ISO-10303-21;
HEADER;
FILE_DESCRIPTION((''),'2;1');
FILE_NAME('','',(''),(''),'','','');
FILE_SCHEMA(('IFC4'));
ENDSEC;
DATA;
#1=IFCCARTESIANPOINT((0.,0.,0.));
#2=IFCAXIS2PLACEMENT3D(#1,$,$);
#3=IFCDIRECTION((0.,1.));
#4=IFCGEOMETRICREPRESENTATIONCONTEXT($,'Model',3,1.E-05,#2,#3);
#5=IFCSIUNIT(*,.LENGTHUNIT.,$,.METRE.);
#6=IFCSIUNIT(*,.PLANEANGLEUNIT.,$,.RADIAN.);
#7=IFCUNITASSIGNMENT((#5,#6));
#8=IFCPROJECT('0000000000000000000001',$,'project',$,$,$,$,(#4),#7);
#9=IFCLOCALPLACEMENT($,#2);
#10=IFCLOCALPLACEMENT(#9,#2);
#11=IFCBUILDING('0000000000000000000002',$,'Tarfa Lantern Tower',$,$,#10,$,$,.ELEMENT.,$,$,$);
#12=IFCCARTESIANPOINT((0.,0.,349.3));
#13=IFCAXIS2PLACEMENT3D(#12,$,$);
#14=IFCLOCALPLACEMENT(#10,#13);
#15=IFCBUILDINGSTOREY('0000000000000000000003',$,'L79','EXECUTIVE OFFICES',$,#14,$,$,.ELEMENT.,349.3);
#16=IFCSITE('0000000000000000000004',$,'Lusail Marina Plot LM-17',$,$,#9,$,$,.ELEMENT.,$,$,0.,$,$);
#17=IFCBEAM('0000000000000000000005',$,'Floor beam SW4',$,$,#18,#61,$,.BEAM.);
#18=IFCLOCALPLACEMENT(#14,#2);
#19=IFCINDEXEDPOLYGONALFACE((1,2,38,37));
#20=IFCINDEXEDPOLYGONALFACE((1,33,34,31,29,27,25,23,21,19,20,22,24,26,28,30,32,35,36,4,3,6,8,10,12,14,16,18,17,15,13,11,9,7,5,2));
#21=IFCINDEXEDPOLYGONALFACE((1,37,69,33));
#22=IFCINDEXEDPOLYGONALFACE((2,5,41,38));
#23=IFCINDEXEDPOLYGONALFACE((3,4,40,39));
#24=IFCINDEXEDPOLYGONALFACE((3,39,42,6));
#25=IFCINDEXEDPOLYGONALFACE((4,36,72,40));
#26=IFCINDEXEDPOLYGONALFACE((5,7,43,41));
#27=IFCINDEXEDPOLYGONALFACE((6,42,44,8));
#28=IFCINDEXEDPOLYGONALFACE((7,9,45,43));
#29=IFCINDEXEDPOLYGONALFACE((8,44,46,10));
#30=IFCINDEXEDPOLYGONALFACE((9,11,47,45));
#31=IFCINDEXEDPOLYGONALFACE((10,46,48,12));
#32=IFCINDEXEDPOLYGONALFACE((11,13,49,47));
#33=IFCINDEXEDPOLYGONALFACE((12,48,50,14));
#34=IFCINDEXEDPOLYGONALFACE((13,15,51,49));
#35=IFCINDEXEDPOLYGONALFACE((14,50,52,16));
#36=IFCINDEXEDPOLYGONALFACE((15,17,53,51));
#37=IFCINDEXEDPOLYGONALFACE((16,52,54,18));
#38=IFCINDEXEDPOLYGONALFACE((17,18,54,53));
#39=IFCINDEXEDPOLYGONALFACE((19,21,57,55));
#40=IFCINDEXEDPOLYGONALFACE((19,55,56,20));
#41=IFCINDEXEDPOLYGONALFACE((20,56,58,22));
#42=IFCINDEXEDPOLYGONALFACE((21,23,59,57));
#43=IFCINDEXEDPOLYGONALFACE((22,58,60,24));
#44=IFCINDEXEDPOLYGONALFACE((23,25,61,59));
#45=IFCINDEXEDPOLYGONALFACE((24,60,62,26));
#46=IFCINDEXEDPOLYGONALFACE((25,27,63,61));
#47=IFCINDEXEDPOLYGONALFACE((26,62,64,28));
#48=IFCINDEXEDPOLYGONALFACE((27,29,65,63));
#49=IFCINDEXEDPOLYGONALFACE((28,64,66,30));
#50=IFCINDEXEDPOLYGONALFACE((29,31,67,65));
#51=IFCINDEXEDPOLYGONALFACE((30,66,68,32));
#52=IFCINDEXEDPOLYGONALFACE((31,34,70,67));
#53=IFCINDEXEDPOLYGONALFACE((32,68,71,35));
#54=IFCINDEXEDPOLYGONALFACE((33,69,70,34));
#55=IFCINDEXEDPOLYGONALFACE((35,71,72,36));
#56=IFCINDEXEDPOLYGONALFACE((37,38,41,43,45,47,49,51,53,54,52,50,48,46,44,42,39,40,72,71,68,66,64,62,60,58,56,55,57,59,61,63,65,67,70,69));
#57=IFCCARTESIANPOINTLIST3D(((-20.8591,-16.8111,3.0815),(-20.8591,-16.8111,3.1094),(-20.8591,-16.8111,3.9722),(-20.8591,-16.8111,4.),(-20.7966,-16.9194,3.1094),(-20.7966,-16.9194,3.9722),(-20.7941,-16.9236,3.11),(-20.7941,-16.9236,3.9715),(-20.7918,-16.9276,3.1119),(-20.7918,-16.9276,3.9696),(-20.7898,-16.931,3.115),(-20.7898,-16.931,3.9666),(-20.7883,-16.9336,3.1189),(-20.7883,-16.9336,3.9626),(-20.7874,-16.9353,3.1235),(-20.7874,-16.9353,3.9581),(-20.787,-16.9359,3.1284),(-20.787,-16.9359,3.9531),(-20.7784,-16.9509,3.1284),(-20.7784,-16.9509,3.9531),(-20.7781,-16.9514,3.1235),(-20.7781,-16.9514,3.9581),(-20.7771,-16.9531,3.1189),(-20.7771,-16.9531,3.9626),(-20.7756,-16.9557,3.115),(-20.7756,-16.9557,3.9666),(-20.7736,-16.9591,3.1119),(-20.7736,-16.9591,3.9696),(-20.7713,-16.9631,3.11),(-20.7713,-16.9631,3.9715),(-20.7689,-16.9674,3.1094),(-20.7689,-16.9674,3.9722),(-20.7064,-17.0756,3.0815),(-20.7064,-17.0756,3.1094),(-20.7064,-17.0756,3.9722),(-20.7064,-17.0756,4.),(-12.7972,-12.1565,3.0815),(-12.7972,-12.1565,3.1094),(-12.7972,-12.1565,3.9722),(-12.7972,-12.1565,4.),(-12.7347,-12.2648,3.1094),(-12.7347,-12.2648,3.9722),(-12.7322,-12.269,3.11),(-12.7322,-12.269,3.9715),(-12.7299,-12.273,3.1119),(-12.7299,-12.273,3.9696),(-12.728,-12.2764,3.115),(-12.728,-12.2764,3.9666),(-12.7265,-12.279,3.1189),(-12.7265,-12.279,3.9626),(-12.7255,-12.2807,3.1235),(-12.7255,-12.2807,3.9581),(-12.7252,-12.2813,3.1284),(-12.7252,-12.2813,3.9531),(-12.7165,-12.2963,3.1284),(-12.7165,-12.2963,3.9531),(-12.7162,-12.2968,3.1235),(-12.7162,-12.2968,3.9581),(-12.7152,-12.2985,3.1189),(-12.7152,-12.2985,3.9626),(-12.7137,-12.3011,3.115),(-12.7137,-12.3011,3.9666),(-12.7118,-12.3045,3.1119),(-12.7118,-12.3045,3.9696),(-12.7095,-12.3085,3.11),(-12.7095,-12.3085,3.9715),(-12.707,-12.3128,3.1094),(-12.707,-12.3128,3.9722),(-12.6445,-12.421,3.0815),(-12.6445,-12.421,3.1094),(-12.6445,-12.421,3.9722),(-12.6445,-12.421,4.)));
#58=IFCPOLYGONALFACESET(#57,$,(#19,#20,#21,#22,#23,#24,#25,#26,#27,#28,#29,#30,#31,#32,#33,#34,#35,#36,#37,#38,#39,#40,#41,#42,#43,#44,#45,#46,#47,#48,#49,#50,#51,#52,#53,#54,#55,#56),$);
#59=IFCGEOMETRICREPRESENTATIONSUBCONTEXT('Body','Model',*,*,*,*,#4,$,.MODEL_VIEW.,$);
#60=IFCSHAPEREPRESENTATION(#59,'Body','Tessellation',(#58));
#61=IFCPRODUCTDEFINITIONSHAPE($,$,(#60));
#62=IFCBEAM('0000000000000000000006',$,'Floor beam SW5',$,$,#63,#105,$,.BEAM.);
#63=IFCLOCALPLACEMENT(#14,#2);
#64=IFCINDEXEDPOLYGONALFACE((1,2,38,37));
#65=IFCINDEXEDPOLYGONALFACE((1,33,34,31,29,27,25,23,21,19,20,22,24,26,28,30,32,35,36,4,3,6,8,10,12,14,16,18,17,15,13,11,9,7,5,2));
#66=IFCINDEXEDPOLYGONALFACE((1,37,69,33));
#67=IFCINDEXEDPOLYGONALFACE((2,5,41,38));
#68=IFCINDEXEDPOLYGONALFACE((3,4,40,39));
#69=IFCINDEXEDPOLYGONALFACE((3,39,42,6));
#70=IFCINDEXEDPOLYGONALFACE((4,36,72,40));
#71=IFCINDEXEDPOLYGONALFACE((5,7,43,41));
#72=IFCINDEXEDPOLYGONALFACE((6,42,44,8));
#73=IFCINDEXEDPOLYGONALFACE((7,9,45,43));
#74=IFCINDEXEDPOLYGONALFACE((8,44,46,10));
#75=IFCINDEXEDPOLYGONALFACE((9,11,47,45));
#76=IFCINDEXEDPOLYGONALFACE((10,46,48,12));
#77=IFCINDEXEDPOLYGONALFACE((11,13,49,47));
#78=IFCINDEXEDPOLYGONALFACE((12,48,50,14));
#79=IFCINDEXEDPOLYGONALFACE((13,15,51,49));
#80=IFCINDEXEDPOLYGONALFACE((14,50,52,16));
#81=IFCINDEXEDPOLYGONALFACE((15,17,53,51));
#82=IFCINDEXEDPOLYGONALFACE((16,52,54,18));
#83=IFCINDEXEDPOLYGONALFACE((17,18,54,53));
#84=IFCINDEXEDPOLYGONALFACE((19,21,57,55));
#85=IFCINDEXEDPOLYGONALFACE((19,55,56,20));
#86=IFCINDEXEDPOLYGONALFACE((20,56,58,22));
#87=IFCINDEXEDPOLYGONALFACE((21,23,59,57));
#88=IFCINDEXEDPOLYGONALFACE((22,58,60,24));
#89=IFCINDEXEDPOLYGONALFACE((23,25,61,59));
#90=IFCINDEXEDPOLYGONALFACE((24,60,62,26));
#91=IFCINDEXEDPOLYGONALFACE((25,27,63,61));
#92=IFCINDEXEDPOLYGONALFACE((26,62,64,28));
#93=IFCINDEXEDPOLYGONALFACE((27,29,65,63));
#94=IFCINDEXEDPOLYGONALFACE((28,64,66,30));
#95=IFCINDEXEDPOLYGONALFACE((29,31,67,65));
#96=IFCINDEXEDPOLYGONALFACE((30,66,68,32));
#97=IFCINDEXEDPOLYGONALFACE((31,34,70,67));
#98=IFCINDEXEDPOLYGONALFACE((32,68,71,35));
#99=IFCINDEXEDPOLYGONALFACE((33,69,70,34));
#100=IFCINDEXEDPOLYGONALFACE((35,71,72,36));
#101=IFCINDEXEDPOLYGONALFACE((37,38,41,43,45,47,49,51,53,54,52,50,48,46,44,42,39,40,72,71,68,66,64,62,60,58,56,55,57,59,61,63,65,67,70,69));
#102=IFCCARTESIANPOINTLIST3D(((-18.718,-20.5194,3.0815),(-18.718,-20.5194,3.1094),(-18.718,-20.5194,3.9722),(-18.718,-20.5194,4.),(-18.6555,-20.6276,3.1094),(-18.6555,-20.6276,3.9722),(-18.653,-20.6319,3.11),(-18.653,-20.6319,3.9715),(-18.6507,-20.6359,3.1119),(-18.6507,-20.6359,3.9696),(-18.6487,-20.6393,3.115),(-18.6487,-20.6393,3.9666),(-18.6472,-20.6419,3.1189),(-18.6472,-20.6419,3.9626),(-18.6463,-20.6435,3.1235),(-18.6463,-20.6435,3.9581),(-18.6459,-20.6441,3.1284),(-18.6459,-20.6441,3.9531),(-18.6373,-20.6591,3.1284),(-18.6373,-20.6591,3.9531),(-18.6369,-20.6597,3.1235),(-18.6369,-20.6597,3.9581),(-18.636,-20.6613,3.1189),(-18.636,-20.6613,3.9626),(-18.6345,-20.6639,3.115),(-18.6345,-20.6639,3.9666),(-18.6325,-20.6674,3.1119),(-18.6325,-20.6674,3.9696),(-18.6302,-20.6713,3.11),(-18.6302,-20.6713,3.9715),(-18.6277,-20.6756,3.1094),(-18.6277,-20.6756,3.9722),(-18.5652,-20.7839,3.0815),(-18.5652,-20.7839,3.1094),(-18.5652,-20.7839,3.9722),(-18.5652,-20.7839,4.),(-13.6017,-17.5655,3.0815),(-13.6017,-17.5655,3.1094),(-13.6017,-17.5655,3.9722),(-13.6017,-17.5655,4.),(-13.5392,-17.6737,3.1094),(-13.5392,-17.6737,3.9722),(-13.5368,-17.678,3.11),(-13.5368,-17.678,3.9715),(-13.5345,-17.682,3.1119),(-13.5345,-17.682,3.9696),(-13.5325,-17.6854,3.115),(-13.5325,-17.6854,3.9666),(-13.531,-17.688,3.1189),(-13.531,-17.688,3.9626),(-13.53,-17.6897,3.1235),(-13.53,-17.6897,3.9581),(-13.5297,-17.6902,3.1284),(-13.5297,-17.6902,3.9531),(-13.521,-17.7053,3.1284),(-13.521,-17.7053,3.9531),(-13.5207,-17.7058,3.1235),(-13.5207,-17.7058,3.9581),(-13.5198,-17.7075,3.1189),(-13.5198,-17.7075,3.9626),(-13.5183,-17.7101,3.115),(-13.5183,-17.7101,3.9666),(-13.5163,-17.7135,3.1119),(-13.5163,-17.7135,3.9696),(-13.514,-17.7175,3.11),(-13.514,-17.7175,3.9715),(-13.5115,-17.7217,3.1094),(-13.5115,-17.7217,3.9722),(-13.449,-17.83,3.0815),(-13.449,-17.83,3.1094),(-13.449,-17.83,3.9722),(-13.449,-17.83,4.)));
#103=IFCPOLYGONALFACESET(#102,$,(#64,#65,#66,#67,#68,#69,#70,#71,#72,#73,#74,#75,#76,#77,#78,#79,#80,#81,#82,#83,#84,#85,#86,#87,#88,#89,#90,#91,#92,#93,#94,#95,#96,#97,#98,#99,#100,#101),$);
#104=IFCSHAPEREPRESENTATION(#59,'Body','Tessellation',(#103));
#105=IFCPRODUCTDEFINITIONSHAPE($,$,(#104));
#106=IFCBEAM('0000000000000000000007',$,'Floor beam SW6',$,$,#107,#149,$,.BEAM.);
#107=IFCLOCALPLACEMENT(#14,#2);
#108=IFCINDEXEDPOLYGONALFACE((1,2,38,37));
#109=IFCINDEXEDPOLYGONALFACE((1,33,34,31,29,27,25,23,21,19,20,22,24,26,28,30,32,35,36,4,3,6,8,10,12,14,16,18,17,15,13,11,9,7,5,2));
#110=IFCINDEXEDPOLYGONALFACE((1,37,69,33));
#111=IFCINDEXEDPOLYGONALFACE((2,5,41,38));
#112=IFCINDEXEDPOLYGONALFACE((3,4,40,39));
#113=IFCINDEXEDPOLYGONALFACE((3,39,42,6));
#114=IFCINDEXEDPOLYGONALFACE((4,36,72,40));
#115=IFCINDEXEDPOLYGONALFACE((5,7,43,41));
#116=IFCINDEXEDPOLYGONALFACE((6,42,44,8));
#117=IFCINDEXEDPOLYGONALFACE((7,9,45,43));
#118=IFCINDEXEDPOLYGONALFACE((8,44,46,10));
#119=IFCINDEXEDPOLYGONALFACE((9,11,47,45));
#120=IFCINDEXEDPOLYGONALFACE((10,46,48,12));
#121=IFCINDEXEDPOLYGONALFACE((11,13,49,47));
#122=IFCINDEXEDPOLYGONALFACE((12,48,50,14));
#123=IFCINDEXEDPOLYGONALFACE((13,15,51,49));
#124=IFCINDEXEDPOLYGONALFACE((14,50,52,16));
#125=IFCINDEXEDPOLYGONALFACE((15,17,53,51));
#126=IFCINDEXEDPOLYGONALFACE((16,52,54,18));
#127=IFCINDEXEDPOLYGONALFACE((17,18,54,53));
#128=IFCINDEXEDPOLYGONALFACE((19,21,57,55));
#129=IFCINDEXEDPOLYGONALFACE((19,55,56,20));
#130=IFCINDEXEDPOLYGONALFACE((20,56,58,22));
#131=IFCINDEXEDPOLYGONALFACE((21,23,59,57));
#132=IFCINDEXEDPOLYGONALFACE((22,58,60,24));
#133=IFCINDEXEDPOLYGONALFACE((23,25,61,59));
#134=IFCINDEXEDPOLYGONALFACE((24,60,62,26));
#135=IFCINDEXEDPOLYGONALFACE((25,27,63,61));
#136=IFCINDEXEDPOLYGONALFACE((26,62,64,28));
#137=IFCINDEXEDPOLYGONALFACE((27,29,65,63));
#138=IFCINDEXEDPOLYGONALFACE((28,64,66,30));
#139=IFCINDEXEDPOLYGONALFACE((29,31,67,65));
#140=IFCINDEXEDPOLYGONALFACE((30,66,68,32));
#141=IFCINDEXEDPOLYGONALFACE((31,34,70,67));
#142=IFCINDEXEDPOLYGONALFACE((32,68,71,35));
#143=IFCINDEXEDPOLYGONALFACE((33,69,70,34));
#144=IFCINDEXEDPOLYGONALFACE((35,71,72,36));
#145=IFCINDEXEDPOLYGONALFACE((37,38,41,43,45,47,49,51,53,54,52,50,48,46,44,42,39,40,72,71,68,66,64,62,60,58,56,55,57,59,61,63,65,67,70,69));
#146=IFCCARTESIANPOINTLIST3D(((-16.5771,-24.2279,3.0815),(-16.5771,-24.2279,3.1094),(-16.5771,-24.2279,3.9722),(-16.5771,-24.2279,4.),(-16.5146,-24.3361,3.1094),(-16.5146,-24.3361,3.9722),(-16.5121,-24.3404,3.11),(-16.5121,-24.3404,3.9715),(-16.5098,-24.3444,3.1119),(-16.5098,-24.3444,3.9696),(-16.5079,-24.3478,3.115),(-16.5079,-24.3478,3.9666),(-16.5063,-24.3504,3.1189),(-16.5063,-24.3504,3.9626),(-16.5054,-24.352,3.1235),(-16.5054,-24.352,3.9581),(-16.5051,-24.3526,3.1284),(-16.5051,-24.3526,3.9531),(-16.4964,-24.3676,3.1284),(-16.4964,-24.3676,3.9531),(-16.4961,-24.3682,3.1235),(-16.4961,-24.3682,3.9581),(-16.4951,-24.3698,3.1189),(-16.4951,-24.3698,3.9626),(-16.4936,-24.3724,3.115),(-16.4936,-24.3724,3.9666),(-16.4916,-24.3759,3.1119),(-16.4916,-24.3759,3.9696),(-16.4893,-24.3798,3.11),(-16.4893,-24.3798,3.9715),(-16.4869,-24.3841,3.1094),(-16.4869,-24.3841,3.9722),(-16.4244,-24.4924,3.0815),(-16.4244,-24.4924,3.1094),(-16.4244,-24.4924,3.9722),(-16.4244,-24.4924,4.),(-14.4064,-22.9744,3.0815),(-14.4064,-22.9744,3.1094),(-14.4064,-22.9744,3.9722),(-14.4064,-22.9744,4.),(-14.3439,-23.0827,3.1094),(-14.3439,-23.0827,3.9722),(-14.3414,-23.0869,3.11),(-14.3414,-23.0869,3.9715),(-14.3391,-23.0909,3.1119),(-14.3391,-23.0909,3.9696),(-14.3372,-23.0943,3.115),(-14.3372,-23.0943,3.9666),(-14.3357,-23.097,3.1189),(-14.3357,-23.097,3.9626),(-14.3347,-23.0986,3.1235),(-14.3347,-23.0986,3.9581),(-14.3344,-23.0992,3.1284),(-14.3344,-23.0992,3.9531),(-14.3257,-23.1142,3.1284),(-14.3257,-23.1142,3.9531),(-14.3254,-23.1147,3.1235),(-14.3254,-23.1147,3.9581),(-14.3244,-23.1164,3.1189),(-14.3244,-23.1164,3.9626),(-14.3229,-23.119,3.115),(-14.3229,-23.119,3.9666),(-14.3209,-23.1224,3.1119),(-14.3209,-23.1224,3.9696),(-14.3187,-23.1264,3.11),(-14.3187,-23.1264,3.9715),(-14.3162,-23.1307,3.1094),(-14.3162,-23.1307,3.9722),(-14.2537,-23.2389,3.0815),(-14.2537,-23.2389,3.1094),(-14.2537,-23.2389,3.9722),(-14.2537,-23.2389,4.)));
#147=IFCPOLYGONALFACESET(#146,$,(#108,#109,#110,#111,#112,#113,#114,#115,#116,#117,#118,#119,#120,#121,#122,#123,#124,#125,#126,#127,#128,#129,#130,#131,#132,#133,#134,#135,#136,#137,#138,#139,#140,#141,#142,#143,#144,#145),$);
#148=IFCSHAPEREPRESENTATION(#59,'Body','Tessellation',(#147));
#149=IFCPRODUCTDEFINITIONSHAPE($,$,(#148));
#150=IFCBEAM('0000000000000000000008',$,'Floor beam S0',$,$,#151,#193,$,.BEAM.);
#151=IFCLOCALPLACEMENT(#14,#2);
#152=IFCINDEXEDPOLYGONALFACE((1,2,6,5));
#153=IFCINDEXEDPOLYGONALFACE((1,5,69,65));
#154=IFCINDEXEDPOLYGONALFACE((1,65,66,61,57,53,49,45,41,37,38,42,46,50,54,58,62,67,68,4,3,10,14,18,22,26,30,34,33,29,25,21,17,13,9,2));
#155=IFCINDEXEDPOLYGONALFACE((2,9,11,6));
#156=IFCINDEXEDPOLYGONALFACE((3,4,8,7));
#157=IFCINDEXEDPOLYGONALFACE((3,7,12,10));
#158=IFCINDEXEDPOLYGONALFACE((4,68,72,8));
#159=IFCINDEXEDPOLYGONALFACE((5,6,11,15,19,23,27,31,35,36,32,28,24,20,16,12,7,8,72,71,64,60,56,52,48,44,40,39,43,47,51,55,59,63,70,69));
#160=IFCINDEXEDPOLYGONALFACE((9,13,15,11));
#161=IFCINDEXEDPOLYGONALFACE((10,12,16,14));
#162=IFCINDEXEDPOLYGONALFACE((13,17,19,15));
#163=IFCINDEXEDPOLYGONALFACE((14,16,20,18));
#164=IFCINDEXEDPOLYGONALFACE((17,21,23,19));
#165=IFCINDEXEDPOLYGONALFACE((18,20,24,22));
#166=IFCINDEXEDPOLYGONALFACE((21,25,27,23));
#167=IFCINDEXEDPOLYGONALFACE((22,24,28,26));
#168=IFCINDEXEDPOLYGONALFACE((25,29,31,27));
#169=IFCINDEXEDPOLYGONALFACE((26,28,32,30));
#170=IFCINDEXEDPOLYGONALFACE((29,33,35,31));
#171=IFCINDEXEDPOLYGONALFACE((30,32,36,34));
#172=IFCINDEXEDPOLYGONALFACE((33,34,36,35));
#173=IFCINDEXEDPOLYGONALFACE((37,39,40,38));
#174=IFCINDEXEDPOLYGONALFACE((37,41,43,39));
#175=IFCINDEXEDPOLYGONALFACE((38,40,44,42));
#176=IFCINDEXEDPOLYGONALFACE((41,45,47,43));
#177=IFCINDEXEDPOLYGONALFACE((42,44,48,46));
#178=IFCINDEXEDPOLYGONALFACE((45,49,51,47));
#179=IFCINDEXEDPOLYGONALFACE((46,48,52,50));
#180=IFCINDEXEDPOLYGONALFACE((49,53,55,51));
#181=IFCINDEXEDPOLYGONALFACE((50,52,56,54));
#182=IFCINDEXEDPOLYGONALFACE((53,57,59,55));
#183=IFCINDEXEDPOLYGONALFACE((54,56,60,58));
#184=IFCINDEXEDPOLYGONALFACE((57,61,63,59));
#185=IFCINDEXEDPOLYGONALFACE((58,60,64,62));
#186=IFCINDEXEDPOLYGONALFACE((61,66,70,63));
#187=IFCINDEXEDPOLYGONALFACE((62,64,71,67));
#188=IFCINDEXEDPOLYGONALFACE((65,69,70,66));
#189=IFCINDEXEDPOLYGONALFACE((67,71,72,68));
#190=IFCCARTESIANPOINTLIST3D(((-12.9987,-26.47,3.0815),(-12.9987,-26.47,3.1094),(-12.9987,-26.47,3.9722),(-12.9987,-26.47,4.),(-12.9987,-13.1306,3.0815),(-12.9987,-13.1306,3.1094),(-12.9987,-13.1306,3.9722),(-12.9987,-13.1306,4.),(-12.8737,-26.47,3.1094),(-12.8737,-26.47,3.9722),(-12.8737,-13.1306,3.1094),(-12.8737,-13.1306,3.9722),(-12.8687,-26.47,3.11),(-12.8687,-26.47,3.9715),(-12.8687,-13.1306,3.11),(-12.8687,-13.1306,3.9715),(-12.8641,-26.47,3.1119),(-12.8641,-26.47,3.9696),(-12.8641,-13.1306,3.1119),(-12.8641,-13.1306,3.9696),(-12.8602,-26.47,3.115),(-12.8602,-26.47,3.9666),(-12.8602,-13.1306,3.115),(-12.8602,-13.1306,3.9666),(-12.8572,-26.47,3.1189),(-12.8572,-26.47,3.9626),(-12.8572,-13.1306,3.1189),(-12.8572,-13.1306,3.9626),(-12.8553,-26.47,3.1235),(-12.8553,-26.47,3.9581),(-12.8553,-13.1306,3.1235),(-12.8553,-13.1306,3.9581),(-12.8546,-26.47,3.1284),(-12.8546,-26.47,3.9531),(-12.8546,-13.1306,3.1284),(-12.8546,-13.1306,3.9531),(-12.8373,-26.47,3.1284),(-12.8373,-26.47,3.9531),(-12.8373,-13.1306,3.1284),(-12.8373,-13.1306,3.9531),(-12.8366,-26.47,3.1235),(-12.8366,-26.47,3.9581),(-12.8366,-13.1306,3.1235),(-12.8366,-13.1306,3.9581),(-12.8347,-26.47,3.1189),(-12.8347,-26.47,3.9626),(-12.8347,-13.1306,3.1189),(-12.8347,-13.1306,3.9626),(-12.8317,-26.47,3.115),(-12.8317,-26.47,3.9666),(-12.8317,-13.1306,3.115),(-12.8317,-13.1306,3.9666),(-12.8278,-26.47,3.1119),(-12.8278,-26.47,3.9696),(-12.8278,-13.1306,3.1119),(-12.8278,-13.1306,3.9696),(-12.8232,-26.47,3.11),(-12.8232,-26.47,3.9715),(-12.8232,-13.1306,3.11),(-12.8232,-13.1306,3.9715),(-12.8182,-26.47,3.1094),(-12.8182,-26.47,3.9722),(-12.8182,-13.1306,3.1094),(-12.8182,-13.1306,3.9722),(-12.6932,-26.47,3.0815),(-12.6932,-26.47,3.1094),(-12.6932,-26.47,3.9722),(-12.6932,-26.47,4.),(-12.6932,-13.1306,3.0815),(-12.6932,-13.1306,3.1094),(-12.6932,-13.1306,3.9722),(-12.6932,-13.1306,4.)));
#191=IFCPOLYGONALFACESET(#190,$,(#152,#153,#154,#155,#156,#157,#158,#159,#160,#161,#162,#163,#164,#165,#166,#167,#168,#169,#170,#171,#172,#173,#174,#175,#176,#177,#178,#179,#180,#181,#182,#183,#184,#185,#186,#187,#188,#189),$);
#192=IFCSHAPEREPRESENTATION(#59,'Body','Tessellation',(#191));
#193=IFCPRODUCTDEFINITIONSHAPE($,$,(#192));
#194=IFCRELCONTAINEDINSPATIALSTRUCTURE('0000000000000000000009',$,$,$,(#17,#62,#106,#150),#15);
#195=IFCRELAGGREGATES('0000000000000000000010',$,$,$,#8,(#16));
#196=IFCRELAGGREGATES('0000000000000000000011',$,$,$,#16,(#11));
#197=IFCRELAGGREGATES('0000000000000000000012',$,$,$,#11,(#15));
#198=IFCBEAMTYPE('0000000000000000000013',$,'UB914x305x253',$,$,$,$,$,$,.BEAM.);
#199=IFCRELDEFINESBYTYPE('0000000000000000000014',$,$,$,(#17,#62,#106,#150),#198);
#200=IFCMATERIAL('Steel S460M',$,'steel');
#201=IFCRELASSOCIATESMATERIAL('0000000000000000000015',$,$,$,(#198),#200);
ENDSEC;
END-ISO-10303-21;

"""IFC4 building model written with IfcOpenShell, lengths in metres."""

from ifc_helpers import new_model, si_unit, direction, frame, origin, origin_2d, place, context, subcontext, project, spatial, i_section, extrude, material, material_profile, profile_set, type_object, element, save


model = new_model("IFC4")

# Units and contexts
model_context = context("Model", 3, precision=1e-05, world=origin(), true_north=direction((0.0, 1.0)))
body_context = subcontext(model_context, "Body", "Model", "MODEL_VIEW")
ifc_project = project(units=[si_unit("LENGTHUNIT", "METRE"), si_unit("PLANEANGLEUNIT", "RADIAN")], contexts=[model_context])

# Site, building, storey
site_placement = place(None, origin())
site = spatial("IfcSite", under=ifc_project, at=site_placement, Name="Lusail Marina Plot LM-17", CompositionType="ELEMENT", RefElevation=0.0)
building_placement = place(site_placement, origin())
building = spatial("IfcBuilding", under=site, at=building_placement, Name="Tarfa Lantern Tower", CompositionType="ELEMENT")
storey_placement = place(building_placement, frame((0.0, 0.0, 349.3)))
storey = spatial("IfcBuildingStorey", under=building, at=storey_placement, Name="L79", Description="EXECUTIVE OFFICES", CompositionType="ELEMENT", Elevation=349.3)

# Beams
ifc_material_1 = material(Name="Steel S460M", Category="steel")
ifc_material_profile_1 = material_profile(ifc_material_1, i_section(OverallWidth=0.3054, OverallDepth=0.9185, WebThickness=0.0173, FlangeThickness=0.0278, FilletRadius=0.019, at=origin_2d()), Name="UB914x305x253")
ifc_profile_set_1 = profile_set([ifc_material_profile_1], Name="Steel S460M")
beam_type_1 = type_object("IfcBeamType", Name="UB914x305x253", PredefinedType="BEAM", material=ifc_profile_set_1)
beam_1_placement = place(storey_placement, frame((-20.7827, -16.9434, 3.5408), z_axis=(0.866022, 0.500006, 0.0), x_axis=(-0.500006, 0.866022, 0.0)))
element("IfcBeam", 1, at=beam_1_placement, inside=storey, type_object=beam_type_1, Name="Floor beam SW4", PredefinedType="BEAM", context=body_context, shape_type="SweptSolid", body=[
    extrude(i_section(OverallWidth=0.3054, OverallDepth=0.9185, WebThickness=0.0173, FlangeThickness=0.0278, FilletRadius=0.019, at=origin_2d()), origin(), (0.0, 0.0, 1.0), 9.3091),
])
beam_2_placement = place(storey_placement, frame((-18.6416, -20.6516, 3.5408), z_axis=(0.866025, 0.500001, 0.0), x_axis=(-0.500001, 0.866025, 0.0)))
element("IfcBeam", 2, at=beam_2_placement, inside=storey, type_object=beam_type_1, Name="Floor beam SW5", PredefinedType="BEAM", context=body_context, shape_type="SweptSolid", body=[
    extrude(i_section(OverallWidth=0.3054, OverallDepth=0.9185, WebThickness=0.0173, FlangeThickness=0.0278, FilletRadius=0.019, at=origin_2d()), origin(), (0.0, 0.0, 1.0), 5.9077),
])
beam_3_placement = place(storey_placement, frame((-16.5007, -24.3601, 3.5408), z_axis=(0.865993, 0.500057, 0.0), x_axis=(-0.500057, 0.865993, 0.0)))
element("IfcBeam", 3, at=beam_3_placement, inside=storey, type_object=beam_type_1, Name="Floor beam SW6", PredefinedType="BEAM", context=body_context, shape_type="SweptSolid", body=[
    extrude(i_section(OverallWidth=0.3054, OverallDepth=0.9185, WebThickness=0.0173, FlangeThickness=0.0278, FilletRadius=0.019, at=origin_2d()), origin(), (0.0, 0.0, 1.0), 2.5066),
])
beam_4_placement = place(storey_placement, frame((-12.8459, -26.47, 3.5408), z_axis=(0.0, 1.0, 0.0), x_axis=(-1.0, 0.0, 0.0)))
element("IfcBeam", 4, at=beam_4_placement, inside=storey, type_object=beam_type_1, Name="Floor beam S0", PredefinedType="BEAM", context=body_context, shape_type="SweptSolid", body=[
    extrude(i_section(OverallWidth=0.3054, OverallDepth=0.9185, WebThickness=0.0173, FlangeThickness=0.0278, FilletRadius=0.019, at=origin_2d()), origin(), (0.0, 0.0, 1.0), 13.3394),
])

save(model, "model.ifc")
